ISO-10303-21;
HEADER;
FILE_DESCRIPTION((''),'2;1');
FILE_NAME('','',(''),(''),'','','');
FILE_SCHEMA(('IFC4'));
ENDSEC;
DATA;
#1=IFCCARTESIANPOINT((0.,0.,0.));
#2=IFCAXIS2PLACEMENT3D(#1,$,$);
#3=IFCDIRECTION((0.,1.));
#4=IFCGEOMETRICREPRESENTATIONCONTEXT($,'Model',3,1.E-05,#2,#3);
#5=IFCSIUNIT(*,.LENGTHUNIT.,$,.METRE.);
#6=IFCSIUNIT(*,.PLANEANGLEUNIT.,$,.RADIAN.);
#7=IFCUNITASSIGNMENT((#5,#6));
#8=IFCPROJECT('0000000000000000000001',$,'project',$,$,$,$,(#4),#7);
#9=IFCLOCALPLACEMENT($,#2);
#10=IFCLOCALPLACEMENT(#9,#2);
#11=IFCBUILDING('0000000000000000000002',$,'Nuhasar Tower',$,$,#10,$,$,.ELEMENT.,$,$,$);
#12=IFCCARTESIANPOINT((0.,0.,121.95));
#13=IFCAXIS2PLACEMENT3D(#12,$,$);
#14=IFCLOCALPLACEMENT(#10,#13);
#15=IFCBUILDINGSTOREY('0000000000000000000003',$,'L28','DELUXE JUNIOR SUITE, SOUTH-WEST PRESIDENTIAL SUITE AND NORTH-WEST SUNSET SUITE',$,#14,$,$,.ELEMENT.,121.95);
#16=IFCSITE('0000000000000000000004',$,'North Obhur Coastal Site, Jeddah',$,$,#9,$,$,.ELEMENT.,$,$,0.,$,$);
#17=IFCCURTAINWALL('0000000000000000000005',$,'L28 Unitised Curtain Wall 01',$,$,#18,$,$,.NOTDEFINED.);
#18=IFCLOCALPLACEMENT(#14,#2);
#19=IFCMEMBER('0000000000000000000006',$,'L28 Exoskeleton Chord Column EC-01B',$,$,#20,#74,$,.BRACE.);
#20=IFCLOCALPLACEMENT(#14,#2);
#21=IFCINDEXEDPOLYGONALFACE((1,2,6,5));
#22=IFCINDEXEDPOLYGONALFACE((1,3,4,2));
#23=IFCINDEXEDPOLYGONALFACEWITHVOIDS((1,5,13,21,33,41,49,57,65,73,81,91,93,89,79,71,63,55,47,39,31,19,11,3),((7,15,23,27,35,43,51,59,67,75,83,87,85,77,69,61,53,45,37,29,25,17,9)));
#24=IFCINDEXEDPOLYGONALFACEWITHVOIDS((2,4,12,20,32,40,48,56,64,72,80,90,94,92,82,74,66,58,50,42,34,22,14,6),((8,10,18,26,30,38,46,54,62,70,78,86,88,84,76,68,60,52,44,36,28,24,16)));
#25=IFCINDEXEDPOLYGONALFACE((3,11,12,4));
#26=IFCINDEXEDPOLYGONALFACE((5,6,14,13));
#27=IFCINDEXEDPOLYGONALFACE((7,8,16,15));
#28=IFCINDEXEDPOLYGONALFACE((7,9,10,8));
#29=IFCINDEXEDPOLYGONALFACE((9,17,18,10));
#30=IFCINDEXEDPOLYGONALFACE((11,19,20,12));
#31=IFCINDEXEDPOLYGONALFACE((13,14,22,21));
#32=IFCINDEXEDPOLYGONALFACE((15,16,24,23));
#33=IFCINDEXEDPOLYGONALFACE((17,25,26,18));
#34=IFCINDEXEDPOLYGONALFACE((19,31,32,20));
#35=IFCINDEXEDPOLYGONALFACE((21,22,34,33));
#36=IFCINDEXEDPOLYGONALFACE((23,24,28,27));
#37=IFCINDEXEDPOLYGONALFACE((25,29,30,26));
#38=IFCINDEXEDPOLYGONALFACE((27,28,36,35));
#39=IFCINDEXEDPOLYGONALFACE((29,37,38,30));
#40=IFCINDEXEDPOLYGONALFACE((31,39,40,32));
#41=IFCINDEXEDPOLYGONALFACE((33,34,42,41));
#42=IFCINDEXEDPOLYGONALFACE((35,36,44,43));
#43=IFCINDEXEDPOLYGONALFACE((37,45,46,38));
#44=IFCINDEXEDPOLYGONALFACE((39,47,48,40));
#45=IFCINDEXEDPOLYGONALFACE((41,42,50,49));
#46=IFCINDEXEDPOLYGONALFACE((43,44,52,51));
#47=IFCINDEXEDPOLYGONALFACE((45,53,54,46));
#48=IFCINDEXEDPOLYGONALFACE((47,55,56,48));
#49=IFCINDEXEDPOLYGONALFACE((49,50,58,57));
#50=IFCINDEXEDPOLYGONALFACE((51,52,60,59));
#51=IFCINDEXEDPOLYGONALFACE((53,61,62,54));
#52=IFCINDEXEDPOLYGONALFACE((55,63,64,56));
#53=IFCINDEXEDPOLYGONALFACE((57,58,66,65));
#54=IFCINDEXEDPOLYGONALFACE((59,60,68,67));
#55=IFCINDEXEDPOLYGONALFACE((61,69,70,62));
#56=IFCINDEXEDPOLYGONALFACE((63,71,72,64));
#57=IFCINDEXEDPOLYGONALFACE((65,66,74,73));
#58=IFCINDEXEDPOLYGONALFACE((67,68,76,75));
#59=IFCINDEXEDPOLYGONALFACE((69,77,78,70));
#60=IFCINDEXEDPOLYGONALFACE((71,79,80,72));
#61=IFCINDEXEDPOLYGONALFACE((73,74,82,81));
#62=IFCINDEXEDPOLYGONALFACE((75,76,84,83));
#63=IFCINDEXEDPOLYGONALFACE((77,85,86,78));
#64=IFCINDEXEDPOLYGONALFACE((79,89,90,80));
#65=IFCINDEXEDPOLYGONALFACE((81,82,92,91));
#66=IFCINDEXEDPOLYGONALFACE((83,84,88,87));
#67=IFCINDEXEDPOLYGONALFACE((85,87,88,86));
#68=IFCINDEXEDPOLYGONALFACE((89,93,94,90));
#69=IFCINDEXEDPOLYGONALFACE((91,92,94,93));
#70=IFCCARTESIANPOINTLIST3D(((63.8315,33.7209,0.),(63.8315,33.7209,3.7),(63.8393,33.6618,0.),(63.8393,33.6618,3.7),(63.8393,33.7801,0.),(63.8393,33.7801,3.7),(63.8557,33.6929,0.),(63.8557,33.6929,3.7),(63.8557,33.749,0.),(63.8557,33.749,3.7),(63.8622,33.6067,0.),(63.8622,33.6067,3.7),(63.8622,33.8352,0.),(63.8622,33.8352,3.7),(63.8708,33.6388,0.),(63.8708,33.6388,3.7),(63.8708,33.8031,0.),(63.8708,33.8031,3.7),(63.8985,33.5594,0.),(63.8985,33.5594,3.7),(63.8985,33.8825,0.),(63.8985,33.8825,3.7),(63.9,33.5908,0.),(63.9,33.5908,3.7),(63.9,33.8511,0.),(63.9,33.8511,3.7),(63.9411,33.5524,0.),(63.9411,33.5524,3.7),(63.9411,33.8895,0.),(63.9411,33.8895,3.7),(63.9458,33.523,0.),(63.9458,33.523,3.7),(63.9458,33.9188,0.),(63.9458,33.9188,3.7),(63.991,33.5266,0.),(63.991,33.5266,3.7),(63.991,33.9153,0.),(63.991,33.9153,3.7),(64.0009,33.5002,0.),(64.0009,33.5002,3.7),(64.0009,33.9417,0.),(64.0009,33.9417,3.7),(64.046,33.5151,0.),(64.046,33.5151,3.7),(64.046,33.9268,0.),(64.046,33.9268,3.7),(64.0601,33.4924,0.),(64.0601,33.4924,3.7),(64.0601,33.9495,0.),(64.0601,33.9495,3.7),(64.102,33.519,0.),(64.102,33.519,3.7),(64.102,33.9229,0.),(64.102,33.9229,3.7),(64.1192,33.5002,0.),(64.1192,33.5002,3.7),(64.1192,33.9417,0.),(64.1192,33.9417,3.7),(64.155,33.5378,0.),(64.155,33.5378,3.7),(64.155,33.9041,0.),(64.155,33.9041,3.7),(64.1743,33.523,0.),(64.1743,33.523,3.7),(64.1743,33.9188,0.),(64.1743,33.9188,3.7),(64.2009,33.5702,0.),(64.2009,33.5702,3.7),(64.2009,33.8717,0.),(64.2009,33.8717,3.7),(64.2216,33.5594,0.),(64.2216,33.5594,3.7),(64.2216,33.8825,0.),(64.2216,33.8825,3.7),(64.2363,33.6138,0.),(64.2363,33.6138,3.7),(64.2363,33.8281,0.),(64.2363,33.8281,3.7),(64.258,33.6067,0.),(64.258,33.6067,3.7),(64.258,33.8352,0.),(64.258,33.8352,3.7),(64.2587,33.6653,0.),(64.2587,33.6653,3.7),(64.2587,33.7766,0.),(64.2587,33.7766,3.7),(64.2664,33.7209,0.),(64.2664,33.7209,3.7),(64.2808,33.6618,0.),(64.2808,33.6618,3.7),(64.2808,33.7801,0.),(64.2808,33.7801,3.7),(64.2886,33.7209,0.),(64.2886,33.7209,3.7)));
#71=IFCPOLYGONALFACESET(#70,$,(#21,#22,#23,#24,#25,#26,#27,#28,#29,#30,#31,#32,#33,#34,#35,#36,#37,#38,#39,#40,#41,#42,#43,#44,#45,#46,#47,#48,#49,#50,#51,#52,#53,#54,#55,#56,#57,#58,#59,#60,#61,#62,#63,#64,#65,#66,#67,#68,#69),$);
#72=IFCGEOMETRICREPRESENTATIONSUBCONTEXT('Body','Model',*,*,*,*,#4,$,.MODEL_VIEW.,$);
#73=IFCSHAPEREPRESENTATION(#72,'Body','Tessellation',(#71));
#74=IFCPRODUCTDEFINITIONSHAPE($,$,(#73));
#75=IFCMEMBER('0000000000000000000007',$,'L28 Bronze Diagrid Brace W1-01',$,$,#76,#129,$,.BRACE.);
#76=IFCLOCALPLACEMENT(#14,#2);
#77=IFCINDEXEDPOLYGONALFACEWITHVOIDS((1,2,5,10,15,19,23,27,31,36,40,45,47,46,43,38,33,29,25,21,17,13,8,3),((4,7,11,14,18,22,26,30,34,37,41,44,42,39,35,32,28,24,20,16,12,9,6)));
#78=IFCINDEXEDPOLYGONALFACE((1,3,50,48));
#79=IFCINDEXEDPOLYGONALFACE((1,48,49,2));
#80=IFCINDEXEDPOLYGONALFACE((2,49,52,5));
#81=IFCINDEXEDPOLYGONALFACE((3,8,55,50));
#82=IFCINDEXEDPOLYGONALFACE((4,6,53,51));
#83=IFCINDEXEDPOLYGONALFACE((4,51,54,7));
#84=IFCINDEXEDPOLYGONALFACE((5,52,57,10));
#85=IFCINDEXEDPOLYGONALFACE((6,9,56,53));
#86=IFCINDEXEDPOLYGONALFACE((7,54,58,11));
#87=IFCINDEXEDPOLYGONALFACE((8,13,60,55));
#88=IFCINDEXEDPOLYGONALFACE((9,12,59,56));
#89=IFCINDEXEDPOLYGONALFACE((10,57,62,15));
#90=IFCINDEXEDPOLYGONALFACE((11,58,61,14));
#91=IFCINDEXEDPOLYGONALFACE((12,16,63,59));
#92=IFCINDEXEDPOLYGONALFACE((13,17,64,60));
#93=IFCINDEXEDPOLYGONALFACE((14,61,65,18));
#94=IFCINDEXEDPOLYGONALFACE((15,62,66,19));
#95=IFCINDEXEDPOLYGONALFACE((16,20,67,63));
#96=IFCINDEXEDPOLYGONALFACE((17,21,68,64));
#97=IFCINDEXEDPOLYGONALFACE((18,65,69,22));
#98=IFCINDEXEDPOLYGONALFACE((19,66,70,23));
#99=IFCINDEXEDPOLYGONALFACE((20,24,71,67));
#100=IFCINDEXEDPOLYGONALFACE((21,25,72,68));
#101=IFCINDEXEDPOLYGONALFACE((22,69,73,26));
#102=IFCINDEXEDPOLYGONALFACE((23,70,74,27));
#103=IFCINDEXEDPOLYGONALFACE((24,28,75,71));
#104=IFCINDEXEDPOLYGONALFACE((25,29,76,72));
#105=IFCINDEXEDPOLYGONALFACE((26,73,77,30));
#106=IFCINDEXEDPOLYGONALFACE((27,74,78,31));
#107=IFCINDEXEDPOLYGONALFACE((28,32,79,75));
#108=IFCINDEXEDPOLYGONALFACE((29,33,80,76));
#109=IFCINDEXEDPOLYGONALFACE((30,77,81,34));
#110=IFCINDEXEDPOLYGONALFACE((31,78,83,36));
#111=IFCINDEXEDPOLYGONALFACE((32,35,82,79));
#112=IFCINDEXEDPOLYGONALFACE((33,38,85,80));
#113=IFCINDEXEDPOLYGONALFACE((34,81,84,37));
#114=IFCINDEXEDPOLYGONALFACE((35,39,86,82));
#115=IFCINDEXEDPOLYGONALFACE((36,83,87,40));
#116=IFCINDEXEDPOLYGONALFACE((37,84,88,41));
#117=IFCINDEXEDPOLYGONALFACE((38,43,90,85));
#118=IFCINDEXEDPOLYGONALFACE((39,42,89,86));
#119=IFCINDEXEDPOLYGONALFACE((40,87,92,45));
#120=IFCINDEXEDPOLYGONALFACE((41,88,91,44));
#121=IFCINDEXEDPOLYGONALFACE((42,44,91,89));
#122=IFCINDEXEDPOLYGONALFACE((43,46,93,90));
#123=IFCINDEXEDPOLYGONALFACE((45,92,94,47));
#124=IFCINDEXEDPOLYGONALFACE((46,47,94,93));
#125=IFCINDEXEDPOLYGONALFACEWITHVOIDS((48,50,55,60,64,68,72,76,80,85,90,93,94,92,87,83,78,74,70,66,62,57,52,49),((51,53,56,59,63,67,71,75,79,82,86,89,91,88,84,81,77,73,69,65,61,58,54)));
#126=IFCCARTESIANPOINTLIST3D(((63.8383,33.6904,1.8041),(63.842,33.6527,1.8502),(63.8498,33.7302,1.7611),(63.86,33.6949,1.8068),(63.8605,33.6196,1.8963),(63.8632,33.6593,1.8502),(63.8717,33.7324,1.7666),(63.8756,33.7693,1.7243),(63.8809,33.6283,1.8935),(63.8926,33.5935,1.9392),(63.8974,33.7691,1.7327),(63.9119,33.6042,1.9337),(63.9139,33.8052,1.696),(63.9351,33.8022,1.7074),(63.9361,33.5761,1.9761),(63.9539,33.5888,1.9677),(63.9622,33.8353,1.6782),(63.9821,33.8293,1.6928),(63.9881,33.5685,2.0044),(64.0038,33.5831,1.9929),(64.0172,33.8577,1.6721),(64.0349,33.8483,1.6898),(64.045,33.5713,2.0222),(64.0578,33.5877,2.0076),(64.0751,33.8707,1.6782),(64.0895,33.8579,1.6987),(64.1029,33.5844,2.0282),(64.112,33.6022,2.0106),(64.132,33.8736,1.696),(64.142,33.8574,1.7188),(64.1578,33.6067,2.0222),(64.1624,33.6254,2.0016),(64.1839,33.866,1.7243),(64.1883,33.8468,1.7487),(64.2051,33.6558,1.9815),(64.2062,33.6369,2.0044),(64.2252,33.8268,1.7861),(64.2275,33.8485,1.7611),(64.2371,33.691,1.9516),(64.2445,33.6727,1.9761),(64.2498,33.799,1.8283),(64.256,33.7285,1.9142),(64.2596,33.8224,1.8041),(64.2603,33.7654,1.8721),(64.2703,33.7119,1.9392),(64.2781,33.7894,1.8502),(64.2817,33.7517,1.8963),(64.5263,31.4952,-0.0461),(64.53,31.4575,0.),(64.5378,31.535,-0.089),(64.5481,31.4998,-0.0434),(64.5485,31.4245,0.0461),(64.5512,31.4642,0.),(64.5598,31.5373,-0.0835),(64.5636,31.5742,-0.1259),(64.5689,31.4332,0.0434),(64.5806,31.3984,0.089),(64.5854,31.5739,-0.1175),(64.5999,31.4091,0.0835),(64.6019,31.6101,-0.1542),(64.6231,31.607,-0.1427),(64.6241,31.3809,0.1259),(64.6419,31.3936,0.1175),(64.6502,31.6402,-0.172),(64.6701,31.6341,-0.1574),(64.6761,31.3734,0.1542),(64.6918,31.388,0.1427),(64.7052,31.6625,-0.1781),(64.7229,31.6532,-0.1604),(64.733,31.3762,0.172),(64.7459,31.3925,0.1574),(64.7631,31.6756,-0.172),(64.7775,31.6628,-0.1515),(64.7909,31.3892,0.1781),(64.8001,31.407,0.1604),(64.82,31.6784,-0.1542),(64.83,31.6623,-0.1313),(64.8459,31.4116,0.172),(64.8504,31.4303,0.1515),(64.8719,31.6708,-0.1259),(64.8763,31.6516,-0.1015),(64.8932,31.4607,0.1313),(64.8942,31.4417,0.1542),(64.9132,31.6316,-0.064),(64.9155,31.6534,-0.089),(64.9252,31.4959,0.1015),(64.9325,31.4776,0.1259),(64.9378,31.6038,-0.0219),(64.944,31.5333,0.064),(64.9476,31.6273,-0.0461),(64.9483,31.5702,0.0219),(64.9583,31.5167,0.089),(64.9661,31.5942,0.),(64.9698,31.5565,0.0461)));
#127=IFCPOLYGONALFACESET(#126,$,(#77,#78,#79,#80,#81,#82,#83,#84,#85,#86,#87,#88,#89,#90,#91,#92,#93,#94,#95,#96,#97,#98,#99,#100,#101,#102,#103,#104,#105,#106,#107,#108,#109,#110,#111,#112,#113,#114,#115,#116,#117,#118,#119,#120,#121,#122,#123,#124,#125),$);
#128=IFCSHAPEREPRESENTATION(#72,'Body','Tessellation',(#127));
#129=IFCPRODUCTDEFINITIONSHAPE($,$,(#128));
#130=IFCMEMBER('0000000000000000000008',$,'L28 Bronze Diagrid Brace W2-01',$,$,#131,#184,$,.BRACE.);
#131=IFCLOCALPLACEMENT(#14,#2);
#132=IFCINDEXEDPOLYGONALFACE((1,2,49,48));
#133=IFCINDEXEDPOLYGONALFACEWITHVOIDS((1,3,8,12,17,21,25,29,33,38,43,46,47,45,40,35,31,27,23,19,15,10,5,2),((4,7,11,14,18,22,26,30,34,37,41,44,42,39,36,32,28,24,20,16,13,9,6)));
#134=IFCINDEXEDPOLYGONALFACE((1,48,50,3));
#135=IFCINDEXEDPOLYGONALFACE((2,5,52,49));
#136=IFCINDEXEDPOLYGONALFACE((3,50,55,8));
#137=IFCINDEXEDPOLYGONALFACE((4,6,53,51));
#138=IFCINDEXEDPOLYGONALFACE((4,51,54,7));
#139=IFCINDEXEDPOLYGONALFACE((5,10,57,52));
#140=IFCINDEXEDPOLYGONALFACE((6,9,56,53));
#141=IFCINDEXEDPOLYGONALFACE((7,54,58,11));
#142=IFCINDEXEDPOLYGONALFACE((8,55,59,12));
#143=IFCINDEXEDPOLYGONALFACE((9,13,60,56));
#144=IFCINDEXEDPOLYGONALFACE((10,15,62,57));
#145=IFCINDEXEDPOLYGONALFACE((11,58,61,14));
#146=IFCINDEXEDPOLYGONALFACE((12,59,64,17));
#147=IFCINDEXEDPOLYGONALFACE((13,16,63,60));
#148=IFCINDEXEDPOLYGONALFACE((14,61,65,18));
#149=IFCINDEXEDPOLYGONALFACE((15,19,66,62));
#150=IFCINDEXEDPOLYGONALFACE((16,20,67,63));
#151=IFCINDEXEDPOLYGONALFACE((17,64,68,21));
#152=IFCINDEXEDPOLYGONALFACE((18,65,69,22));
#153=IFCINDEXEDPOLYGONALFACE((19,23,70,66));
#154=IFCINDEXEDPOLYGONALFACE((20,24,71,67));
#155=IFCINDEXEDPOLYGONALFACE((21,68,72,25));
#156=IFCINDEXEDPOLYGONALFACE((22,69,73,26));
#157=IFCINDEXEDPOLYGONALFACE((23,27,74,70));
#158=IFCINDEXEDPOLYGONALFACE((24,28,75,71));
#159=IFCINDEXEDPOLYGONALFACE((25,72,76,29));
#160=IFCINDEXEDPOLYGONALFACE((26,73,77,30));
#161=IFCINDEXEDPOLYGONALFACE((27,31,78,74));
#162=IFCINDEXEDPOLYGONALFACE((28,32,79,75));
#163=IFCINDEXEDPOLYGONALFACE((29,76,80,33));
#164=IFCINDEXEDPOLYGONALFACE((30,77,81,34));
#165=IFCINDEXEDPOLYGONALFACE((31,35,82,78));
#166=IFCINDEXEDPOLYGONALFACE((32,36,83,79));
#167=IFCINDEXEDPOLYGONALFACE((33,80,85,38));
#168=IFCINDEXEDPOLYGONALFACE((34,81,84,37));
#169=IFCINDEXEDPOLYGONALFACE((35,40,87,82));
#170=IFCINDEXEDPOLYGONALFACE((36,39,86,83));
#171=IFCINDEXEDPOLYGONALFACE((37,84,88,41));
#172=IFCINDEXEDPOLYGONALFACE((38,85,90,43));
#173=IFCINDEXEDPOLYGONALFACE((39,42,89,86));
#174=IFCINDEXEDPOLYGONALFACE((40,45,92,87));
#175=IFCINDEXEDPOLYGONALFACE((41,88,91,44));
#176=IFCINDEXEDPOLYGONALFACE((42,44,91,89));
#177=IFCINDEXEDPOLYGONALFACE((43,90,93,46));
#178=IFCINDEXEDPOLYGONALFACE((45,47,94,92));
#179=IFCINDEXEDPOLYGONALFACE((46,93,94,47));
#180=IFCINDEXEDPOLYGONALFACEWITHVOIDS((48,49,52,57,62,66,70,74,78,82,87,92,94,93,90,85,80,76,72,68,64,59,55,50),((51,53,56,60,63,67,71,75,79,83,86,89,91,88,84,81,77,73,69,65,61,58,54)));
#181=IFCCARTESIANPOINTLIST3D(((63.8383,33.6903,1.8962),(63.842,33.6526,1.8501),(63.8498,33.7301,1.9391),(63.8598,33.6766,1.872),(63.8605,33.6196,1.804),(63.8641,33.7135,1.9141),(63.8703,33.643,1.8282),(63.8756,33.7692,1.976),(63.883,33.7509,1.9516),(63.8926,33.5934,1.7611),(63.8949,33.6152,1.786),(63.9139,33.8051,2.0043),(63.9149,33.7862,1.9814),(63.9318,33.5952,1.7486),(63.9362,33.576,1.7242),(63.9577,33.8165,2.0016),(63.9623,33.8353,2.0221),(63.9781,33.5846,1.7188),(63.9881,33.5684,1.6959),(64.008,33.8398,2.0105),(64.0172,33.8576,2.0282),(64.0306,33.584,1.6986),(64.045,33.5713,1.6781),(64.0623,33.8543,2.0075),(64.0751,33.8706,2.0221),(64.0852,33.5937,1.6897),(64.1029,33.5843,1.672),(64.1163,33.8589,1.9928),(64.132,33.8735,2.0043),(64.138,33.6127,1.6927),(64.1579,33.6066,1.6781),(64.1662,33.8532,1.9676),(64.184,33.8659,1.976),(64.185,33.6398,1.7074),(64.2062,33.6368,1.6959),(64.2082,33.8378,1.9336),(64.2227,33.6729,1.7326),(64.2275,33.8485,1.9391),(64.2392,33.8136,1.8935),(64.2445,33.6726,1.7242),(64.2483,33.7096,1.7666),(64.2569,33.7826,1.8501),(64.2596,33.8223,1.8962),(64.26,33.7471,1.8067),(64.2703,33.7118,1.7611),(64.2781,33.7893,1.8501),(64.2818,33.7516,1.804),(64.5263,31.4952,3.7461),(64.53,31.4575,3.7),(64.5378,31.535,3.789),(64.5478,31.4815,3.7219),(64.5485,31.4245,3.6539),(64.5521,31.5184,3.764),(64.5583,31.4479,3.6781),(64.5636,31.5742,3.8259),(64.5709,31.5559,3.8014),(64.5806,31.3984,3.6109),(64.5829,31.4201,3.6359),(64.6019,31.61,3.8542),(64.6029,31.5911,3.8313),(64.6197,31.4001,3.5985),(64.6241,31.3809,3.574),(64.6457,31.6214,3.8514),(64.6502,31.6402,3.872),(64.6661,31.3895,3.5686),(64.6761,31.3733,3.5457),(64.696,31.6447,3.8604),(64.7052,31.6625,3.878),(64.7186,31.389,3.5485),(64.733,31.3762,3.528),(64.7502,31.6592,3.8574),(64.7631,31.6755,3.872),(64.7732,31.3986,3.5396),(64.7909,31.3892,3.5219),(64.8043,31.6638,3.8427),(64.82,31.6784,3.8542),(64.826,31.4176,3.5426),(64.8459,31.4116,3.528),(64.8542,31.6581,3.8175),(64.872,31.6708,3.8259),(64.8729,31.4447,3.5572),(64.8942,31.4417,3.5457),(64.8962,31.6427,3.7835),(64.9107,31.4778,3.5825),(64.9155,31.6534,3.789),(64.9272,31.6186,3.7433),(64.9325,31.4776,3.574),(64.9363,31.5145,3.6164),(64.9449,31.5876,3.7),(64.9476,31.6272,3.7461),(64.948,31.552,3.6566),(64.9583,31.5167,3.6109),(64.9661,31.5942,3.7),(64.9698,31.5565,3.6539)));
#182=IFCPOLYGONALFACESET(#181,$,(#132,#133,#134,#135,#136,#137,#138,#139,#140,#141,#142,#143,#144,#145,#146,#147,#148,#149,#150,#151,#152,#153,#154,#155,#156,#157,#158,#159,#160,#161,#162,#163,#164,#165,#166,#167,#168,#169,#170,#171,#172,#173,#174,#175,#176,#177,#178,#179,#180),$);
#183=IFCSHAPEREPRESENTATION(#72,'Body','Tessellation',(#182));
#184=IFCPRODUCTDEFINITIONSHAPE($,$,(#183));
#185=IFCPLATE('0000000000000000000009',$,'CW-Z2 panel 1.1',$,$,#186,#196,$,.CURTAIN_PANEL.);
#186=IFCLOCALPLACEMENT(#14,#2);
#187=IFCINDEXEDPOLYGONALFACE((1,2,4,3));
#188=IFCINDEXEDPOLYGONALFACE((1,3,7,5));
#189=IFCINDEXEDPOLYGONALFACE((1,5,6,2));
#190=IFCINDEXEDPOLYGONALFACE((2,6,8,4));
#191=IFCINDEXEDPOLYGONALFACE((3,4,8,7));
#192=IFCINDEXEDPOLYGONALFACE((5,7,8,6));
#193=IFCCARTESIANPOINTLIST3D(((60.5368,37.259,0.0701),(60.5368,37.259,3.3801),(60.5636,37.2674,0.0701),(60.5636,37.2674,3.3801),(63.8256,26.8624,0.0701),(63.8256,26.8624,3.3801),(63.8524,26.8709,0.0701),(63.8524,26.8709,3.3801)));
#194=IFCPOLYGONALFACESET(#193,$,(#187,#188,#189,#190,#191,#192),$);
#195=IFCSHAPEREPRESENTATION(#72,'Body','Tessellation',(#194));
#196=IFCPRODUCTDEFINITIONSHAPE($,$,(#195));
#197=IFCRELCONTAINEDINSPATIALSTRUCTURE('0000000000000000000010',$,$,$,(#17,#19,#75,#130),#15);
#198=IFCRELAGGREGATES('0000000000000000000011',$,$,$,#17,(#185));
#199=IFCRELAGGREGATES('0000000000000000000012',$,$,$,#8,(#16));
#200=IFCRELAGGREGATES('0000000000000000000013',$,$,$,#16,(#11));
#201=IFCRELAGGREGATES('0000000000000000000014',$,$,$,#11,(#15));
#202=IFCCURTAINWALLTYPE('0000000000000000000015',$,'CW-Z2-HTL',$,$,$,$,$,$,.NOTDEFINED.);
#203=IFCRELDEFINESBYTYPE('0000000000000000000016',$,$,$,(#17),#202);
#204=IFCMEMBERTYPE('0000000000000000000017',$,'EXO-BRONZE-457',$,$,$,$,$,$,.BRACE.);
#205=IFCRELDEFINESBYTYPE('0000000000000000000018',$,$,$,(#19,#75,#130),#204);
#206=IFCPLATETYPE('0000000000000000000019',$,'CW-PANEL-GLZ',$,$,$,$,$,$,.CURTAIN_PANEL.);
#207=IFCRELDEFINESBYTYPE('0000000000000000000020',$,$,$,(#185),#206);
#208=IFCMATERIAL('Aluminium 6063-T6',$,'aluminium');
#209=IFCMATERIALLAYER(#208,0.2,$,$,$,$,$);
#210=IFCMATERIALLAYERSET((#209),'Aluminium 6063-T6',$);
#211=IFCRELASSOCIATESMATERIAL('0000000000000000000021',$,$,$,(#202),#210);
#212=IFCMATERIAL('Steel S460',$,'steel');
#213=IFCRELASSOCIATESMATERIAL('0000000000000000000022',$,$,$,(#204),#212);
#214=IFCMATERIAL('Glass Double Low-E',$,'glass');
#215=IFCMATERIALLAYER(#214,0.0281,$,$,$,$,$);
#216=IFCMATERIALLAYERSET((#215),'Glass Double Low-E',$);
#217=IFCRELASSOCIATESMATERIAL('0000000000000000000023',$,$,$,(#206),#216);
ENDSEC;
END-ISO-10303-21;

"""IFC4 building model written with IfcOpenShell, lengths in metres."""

from ifc_helpers import new_model, si_unit, direction, frame, origin, origin_2d, place, context, subcontext, project, spatial, rectangle, hollow_circle, extrude, material, layer, layer_set, material_profile, profile_set, type_object, element, aggregate, save


model = new_model("IFC4")

# Units and contexts
model_context = context("Model", 3, precision=1e-05, world=origin(), true_north=direction((0.0, 1.0)))
body_context = subcontext(model_context, "Body", "Model", "MODEL_VIEW")
ifc_project = project(units=[si_unit("LENGTHUNIT", "METRE"), si_unit("PLANEANGLEUNIT", "RADIAN")], contexts=[model_context])

# Site, building, storey
site_placement = place(None, origin())
site = spatial("IfcSite", under=ifc_project, at=site_placement, Name="North Obhur Coastal Site, Jeddah", CompositionType="ELEMENT", RefElevation=0.0)
building_placement = place(site_placement, origin())
building = spatial("IfcBuilding", under=site, at=building_placement, Name="Nuhasar Tower", CompositionType="ELEMENT")
storey_placement = place(building_placement, frame((0.0, 0.0, 121.95)))
storey = spatial("IfcBuildingStorey", under=building, at=storey_placement, Name="L28", Description="DELUXE JUNIOR SUITE, SOUTH-WEST PRESIDENTIAL SUITE AND NORTH-WEST SUNSET SUITE", CompositionType="ELEMENT", Elevation=121.95)

# Curtain wall
ifc_material_1 = material(Name="Aluminium 6063-T6", Category="aluminium")
ifc_layer_1 = layer(ifc_material_1, 0.2)
ifc_layer_set_1 = layer_set([ifc_layer_1], Name="Aluminium 6063-T6")
curtain_wall_type = type_object("IfcCurtainWallType", Name="CW-Z2-HTL", PredefinedType="NOTDEFINED", material=ifc_layer_set_1)
curtain_wall_1_placement = place(storey_placement, origin())
curtain_wall_1 = element("IfcCurtainWall", 1, at=curtain_wall_1_placement, inside=storey, type_object=curtain_wall_type, Name="L28 Unitised Curtain Wall 01", PredefinedType="NOTDEFINED")

# Members
ifc_material_2 = material(Name="Steel S460", Category="steel")
ifc_material_profile_1 = material_profile(ifc_material_2, hollow_circle(Radius=0.2285, WallThickness=0.0222, at=origin_2d()), Name="HSS457X22.2")
ifc_profile_set_1 = profile_set([ifc_material_profile_1], Name="Steel S460")
member_type_1 = type_object("IfcMemberType", Name="EXO-BRONZE-457", PredefinedType="BRACE", material=ifc_profile_set_1)
for number, where, z_axis, x_axis, name in (
    (2, (64.0601, 33.7209, 0.0), (0.0, 0.0, 1.0), (1.0, 0.0, 0.0), "L28 Exoskeleton Chord Column EC-01B"),
):
    element("IfcMember", number, at=place(storey_placement, frame(where, z_axis=z_axis, x_axis=x_axis)), inside=storey, type_object=member_type_1, Name=name, PredefinedType="BRACE", context=body_context, shape_type="SweptSolid", body=[
        extrude(hollow_circle(Radius=0.2285, WallThickness=0.0222, at=origin_2d()), origin(), (0.0, 0.0, 1.0), 3.7),
    ])
member_1_placement = place(storey_placement, frame((64.748, 31.5259, 0.0), z_axis=(-0.233056, 0.743578, 0.626719), x_axis=(-0.954228, -0.299079, 0.0)))
element("IfcMember", 3, at=member_1_placement, inside=storey, type_object=member_type_1, Name="L28 Bronze Diagrid Brace W1-01", PredefinedType="BRACE", context=body_context, shape_type="SweptSolid", body=[
    extrude(hollow_circle(Radius=0.2285, WallThickness=0.0222, at=origin_2d()), origin(), (0.0, 0.0, 1.0), 2.9521),
])
member_2_placement = place(storey_placement, frame((64.0601, 33.7209, 1.8501), z_axis=(0.233068, -0.743616, 0.626669), x_axis=(0.954228, 0.299079, 0.0)))
element("IfcMember", 4, at=member_2_placement, inside=storey, type_object=member_type_1, Name="L28 Bronze Diagrid Brace W2-01", PredefinedType="BRACE", context=body_context, shape_type="SweptSolid", body=[
    extrude(hollow_circle(Radius=0.2285, WallThickness=0.0222, at=origin_2d()), origin(), (0.0, 0.0, 1.0), 2.9519),
])

# Plate
ifc_material_3 = material(Name="Glass Double Low-E", Category="glass")
ifc_layer_2 = layer(ifc_material_3, 0.0281)
ifc_layer_set_2 = layer_set([ifc_layer_2], Name="Glass Double Low-E")
plate_type = type_object("IfcPlateType", Name="CW-PANEL-GLZ", PredefinedType="CURTAIN_PANEL", material=ifc_layer_set_2)
plate_placement = place(storey_placement, frame((62.1946, 32.0649, 0.0701), z_axis=(0.0, 0.0, 1.0), x_axis=(-0.301604, 0.953433, 0.0)))
plate = element("IfcPlate", 5, at=plate_placement, type_object=plate_type, Name="CW-Z2 panel 1.1", PredefinedType="CURTAIN_PANEL", context=body_context, shape_type="SweptSolid", body=[
    extrude(rectangle(XDim=10.9043, YDim=0.0281, at=origin_2d()), origin(), (0.0, 0.0, 1.0), 3.3101),
])
aggregate(curtain_wall_1, [plate])

save(model, "model.ifc")
